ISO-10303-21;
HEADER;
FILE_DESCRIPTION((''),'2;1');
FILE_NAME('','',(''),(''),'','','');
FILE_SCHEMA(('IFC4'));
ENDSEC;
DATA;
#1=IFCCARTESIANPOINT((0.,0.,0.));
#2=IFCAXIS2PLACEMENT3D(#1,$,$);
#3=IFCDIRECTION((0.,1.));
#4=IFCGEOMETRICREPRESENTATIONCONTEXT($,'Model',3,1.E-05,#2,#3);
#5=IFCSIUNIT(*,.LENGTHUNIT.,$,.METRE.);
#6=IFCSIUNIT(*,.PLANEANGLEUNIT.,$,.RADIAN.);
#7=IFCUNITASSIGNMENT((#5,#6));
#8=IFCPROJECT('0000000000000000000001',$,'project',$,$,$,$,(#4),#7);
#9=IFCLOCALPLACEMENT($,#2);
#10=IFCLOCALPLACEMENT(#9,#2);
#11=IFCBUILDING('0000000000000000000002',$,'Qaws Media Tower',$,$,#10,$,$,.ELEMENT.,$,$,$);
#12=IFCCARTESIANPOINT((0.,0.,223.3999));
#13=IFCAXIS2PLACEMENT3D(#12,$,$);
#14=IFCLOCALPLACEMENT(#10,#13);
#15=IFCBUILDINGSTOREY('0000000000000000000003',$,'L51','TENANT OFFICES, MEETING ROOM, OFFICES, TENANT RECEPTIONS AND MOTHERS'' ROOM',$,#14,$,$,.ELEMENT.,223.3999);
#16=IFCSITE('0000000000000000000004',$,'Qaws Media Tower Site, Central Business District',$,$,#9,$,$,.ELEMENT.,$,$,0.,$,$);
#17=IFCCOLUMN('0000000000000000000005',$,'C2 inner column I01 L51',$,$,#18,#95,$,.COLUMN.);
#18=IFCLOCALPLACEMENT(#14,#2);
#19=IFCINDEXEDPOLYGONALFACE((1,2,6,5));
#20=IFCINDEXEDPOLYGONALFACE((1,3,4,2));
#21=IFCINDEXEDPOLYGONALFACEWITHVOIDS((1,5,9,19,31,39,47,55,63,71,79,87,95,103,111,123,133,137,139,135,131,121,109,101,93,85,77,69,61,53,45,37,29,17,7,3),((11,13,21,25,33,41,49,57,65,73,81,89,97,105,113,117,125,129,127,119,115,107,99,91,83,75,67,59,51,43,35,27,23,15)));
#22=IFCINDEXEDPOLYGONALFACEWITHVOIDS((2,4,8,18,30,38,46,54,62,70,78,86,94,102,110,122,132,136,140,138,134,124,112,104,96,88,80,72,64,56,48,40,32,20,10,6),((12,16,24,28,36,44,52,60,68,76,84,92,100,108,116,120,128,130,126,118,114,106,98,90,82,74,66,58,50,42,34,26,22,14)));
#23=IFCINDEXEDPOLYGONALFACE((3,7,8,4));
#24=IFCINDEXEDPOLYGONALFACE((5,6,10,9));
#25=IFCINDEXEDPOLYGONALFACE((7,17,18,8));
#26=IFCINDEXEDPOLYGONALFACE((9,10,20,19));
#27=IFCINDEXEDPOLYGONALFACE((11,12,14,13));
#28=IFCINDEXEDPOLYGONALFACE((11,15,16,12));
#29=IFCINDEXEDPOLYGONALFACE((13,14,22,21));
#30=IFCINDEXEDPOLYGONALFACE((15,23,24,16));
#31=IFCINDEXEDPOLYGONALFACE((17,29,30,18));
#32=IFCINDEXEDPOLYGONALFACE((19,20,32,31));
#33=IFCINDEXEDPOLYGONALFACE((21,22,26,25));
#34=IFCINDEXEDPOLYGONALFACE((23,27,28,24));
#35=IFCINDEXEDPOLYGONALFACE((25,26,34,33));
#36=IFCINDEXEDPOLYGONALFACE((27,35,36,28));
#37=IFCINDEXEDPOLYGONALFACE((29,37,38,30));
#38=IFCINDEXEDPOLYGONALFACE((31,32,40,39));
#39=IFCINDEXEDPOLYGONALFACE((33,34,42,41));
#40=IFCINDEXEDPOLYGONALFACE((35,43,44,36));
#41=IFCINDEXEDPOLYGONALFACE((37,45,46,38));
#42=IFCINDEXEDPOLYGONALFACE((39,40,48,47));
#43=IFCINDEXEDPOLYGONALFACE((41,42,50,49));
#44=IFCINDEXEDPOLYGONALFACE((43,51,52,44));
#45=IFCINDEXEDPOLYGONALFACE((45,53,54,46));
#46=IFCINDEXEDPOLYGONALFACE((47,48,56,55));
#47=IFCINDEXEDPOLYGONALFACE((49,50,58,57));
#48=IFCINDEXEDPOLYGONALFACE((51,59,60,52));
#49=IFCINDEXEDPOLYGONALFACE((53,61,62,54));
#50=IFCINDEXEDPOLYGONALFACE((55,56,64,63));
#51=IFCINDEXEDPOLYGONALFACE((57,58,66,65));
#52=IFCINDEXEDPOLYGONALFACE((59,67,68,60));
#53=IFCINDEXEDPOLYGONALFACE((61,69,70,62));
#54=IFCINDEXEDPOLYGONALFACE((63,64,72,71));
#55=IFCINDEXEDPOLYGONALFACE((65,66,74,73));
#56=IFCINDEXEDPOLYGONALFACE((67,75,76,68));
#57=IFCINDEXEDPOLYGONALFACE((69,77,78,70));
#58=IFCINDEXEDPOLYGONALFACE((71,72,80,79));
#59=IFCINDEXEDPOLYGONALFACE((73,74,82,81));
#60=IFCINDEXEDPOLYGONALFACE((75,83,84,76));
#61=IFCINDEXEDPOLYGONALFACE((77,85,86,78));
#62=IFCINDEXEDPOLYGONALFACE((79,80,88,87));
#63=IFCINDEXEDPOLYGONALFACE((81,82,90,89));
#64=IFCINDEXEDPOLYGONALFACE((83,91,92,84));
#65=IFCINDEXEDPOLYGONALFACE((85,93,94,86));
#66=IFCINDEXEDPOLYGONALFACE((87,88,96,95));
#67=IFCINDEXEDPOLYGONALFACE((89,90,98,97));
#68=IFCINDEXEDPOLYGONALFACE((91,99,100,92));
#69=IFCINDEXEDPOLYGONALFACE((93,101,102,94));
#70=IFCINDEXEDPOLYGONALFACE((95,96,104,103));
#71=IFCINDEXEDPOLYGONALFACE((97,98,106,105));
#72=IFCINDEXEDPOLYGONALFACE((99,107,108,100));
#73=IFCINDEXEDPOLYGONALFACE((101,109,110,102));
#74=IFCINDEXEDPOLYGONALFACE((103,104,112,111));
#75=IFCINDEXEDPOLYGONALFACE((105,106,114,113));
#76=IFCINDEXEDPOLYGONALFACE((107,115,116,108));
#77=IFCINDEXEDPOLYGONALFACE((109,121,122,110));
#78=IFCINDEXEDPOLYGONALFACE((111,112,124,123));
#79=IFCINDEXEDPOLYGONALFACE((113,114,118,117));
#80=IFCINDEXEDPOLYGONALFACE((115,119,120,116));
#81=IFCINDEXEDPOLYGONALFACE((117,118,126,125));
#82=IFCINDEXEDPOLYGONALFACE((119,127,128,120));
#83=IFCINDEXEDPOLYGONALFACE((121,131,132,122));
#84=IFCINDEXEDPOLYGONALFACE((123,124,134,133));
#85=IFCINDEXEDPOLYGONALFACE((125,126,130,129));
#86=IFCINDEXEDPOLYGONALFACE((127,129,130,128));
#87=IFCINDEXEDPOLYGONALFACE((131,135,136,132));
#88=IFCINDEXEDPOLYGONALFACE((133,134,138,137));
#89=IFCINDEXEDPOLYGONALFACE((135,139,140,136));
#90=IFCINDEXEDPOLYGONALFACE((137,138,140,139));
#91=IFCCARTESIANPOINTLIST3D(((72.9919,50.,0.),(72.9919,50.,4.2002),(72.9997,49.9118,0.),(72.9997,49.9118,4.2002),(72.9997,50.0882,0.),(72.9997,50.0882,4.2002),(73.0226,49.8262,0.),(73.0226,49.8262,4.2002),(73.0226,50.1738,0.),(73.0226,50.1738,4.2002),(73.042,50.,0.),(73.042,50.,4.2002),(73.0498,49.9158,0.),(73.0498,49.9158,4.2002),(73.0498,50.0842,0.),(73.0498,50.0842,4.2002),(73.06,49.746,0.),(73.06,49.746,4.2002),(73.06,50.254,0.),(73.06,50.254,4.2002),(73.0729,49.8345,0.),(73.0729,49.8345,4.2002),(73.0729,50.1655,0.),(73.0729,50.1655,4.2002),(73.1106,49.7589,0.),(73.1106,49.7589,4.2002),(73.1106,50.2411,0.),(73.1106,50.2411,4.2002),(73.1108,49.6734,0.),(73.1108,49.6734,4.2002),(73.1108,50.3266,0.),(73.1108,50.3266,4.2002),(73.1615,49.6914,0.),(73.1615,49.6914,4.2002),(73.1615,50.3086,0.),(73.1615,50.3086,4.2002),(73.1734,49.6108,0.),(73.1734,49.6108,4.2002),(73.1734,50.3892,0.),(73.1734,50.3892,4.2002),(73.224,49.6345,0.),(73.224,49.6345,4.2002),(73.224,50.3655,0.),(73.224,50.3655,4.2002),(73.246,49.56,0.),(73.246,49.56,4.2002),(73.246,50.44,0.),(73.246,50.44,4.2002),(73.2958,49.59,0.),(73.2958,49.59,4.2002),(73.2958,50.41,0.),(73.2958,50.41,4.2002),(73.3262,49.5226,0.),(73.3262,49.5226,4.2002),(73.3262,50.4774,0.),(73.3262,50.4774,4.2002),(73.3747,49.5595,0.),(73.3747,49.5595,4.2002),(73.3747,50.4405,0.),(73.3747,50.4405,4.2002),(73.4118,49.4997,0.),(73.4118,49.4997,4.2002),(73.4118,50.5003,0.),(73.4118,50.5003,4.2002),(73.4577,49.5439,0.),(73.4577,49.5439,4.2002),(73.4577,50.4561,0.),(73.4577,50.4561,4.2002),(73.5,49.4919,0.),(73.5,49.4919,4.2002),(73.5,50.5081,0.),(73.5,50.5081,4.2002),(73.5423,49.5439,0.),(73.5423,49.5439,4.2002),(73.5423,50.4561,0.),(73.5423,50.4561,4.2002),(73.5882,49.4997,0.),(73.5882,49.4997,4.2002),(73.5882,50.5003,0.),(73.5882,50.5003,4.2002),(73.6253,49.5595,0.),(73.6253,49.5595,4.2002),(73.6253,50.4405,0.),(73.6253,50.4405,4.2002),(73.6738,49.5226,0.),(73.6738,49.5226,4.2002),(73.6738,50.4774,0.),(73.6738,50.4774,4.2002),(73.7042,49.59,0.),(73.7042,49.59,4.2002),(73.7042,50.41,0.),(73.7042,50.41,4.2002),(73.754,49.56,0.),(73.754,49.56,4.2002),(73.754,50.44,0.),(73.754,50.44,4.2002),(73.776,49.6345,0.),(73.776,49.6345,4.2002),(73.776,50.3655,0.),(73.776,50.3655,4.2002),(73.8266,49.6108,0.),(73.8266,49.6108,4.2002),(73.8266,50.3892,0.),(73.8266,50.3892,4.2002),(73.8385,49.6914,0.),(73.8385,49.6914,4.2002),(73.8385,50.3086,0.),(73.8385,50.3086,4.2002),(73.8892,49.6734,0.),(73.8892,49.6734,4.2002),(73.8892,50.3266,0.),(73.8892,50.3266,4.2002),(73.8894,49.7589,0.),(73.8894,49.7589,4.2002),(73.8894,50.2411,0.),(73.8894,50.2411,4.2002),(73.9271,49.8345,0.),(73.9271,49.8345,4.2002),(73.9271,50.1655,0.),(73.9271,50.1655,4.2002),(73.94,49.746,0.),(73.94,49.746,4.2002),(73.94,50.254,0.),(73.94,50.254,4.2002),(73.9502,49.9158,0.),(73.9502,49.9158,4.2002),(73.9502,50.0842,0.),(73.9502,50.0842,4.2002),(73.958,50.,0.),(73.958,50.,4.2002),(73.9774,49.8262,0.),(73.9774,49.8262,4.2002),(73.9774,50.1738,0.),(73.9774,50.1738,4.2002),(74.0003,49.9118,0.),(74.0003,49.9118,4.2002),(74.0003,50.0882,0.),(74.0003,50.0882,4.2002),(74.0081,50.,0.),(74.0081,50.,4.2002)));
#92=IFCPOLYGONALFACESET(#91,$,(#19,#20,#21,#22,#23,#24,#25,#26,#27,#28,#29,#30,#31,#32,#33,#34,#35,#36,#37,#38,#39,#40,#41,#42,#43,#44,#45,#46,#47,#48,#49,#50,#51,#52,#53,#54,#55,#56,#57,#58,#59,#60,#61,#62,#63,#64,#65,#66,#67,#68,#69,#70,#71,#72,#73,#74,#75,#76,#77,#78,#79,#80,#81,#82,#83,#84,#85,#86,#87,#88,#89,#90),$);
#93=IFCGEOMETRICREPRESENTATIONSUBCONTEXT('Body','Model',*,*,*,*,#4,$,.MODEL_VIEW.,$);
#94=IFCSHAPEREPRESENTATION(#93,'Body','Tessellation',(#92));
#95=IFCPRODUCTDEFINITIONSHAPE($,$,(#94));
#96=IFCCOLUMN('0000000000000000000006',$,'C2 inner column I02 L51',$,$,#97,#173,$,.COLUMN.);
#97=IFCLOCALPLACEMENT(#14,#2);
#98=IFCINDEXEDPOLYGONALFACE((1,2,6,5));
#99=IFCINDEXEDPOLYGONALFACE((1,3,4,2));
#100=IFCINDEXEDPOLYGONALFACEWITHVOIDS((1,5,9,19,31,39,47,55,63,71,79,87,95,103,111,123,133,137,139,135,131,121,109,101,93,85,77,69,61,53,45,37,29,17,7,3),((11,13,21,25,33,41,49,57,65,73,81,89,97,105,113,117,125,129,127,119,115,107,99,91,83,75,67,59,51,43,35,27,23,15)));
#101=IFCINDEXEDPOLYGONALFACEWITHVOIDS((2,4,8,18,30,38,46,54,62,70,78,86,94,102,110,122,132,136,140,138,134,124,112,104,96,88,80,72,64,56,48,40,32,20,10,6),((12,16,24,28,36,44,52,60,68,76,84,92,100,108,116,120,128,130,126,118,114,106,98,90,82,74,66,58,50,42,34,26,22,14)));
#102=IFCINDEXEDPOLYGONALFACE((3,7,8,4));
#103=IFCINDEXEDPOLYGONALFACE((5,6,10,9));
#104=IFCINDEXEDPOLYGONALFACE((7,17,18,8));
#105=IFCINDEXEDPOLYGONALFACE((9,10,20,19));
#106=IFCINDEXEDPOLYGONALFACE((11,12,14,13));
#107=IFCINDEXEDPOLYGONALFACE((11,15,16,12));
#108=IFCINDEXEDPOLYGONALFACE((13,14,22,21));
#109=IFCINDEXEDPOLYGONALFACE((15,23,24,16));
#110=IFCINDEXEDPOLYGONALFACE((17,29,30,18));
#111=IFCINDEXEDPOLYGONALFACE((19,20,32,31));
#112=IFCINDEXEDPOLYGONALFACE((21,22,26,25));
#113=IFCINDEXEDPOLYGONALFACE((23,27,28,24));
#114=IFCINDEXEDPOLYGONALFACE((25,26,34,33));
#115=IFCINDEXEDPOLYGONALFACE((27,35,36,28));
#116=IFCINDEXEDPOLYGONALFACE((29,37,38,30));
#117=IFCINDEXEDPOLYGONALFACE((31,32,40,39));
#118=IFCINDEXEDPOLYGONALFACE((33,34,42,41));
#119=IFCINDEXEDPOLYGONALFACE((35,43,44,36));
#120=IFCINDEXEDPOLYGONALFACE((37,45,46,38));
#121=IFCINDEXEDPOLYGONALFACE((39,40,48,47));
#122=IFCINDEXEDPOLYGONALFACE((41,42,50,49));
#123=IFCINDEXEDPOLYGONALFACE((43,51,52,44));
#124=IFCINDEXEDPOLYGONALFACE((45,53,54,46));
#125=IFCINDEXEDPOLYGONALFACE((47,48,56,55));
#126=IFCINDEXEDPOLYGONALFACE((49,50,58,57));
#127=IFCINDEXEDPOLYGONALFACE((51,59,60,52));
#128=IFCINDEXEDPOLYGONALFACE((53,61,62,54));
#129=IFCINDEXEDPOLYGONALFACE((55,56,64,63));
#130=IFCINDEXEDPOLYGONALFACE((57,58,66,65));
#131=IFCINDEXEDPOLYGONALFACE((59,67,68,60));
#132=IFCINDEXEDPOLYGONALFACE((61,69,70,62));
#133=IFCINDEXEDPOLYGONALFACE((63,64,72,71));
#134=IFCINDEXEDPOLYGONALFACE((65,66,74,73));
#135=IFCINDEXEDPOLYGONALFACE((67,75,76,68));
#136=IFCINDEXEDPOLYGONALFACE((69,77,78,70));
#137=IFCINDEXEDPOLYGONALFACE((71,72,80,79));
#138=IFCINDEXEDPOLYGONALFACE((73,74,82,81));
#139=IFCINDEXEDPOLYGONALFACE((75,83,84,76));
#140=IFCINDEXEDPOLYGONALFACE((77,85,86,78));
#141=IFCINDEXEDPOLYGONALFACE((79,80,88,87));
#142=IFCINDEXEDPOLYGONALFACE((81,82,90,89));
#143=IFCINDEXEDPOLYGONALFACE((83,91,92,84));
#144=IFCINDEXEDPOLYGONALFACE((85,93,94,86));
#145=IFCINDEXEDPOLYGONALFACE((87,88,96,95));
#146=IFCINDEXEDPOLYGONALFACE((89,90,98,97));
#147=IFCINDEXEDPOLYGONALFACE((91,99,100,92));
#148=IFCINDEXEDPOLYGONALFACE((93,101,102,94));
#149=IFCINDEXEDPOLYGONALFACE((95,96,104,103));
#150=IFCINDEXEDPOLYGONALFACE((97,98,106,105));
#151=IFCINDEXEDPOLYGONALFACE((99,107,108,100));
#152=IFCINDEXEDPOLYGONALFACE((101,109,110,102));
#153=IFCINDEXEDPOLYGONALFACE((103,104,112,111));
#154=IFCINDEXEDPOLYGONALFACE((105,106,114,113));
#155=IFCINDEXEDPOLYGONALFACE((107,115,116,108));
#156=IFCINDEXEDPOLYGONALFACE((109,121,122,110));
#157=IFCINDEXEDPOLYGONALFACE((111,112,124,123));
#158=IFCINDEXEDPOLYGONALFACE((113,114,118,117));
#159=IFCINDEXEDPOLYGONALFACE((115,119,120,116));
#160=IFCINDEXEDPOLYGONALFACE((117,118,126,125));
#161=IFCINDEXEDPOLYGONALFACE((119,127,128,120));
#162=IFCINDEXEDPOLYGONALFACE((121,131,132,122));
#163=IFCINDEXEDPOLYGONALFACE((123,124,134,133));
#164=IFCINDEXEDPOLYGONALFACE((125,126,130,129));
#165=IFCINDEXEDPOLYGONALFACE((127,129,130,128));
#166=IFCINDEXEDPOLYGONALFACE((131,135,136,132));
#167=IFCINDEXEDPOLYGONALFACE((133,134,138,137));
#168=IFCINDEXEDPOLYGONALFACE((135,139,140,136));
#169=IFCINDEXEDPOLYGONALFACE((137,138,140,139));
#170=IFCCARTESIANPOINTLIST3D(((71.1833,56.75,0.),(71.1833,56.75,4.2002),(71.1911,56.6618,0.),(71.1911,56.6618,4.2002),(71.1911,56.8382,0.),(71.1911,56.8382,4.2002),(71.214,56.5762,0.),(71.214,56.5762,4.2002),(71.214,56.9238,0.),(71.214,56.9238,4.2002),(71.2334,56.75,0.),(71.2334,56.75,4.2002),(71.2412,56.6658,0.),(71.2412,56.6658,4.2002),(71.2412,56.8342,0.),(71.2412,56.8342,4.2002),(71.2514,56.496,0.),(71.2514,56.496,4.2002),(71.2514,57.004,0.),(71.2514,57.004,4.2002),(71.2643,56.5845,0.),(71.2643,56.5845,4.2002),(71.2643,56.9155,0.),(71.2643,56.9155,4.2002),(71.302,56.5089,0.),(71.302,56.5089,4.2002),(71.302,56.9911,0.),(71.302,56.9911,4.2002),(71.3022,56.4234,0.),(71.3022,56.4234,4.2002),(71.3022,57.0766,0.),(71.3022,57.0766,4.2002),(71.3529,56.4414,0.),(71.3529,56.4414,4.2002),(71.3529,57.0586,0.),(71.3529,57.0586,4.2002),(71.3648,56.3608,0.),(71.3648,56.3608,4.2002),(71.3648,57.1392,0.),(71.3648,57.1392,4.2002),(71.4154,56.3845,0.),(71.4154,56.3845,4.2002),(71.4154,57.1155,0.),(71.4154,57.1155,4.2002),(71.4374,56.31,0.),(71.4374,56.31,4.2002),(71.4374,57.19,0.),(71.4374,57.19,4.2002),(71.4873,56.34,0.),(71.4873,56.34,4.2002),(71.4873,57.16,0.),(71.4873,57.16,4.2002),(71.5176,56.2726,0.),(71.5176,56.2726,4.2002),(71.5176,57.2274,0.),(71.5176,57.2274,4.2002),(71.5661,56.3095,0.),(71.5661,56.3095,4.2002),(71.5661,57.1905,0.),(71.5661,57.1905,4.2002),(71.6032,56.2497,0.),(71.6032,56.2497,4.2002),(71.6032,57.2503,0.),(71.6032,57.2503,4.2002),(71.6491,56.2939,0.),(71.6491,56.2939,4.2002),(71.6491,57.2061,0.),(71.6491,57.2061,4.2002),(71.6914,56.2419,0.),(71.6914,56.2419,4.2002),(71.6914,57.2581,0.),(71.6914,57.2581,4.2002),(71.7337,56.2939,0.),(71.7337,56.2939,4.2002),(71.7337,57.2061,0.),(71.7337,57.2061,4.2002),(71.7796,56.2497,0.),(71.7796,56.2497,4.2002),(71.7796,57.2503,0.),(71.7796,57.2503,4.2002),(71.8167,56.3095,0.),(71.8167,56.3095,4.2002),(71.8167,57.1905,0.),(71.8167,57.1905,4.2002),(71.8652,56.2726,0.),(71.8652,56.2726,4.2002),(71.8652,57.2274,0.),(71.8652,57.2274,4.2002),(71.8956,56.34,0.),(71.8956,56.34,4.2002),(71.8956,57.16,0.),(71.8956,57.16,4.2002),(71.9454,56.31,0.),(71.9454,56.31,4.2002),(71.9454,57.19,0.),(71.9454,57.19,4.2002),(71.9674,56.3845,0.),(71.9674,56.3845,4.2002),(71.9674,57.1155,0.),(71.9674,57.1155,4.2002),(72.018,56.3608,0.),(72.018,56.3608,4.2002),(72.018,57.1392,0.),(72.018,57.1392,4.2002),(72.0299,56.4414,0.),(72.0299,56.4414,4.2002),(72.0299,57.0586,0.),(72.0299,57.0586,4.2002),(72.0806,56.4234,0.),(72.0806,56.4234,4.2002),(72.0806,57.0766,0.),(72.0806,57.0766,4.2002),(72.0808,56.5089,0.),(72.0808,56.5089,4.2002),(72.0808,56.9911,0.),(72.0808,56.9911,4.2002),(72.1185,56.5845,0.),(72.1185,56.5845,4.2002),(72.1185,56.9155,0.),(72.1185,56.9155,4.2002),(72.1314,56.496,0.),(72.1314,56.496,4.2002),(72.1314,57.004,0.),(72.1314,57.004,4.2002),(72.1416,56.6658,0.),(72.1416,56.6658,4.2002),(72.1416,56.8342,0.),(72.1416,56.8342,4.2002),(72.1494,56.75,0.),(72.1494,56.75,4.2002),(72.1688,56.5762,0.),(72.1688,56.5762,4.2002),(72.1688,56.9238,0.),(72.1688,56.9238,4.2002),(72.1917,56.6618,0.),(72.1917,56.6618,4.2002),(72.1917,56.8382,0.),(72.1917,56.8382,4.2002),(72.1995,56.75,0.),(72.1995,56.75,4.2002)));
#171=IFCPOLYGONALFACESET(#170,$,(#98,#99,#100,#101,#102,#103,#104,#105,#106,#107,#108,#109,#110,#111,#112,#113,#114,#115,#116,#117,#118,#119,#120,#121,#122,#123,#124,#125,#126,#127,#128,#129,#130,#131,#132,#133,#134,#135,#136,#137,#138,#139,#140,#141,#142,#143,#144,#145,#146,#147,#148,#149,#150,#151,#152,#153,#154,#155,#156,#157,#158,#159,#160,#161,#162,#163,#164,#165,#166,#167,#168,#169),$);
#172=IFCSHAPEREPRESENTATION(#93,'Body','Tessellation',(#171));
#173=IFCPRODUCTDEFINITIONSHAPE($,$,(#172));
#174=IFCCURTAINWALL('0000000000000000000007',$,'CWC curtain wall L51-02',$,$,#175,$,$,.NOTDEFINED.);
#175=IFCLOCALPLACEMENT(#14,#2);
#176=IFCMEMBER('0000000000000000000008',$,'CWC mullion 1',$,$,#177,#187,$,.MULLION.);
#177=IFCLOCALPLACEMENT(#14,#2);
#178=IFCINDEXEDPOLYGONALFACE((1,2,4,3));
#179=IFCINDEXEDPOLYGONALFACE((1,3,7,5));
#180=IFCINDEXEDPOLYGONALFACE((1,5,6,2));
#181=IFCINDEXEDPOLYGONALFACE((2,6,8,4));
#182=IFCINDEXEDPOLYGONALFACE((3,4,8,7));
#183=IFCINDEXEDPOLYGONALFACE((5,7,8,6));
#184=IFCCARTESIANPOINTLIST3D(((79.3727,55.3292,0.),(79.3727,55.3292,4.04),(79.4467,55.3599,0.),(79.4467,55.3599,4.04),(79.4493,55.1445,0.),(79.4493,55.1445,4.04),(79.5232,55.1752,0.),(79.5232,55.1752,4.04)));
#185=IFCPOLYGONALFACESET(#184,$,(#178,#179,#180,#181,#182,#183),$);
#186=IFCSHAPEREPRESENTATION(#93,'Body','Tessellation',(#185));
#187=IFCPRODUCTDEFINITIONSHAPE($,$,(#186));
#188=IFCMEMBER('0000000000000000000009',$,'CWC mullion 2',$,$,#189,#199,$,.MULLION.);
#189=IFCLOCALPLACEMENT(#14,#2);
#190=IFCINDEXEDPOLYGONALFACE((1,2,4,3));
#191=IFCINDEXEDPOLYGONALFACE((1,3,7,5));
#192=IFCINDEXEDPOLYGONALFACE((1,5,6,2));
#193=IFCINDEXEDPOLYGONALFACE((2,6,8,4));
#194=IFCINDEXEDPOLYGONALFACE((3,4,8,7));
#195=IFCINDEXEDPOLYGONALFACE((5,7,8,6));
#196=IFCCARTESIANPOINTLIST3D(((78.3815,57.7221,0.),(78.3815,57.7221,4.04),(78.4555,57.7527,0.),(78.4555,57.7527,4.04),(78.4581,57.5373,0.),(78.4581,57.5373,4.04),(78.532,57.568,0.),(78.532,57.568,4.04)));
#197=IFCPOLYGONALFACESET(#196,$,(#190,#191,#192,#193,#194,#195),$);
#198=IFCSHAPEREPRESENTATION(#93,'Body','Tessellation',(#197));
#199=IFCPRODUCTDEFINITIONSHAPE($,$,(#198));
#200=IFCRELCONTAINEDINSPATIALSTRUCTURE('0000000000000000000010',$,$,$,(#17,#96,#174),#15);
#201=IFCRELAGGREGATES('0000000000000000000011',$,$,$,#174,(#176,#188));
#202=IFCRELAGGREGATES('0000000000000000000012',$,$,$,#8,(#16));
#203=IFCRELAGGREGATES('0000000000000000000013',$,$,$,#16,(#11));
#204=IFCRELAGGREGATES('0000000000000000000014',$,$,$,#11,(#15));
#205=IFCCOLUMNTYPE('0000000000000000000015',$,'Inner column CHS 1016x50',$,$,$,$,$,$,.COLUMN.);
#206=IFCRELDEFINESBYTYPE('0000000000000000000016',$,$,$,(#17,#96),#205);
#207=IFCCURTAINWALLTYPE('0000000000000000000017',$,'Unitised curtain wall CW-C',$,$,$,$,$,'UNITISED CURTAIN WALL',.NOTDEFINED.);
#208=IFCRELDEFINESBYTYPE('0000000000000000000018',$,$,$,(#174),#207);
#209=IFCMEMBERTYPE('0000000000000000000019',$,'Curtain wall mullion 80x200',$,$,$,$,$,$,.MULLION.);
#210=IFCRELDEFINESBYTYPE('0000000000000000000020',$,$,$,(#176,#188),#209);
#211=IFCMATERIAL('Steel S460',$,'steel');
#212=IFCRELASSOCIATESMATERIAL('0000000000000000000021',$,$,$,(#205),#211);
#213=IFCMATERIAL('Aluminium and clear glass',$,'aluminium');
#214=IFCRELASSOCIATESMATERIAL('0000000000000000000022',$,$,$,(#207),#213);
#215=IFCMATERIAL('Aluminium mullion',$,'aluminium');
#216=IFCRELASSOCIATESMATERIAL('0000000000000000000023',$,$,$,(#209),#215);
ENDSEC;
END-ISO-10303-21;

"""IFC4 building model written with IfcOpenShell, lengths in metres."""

from ifc_helpers import new_model, si_unit, direction, frame, origin, origin_2d, place, context, subcontext, project, spatial, rectangle, hollow_circle, extrude, material, material_profile, profile_set, type_object, element, aggregate, save


model = new_model("IFC4")

# Units and contexts
model_context = context("Model", 3, precision=1e-05, world=origin(), true_north=direction((0.0, 1.0)))
body_context = subcontext(model_context, "Body", "Model", "MODEL_VIEW")
ifc_project = project(units=[si_unit("LENGTHUNIT", "METRE"), si_unit("PLANEANGLEUNIT", "RADIAN")], contexts=[model_context])

# Site, building, storey
site_placement = place(None, origin())
site = spatial("IfcSite", under=ifc_project, at=site_placement, Name="Qaws Media Tower Site, Central Business District", CompositionType="ELEMENT", RefElevation=0.0)
building_placement = place(site_placement, origin())
building = spatial("IfcBuilding", under=site, at=building_placement, Name="Qaws Media Tower", CompositionType="ELEMENT")
storey_placement = place(building_placement, frame((0.0, 0.0, 223.3999)))
storey = spatial("IfcBuildingStorey", under=building, at=storey_placement, Name="L51", Description="TENANT OFFICES, MEETING ROOM, OFFICES, TENANT RECEPTIONS AND MOTHERS' ROOM", CompositionType="ELEMENT", Elevation=223.3999)

# Columns
ifc_material_1 = material(Name="Steel S460", Category="steel")
ifc_material_profile_1 = material_profile(ifc_material_1, hollow_circle(Radius=0.5081, WallThickness=0.05, at=origin_2d()), Name="CHS 1016x50")
ifc_profile_set_1 = profile_set([ifc_material_profile_1], Name="Steel S460")
column_type = type_object("IfcColumnType", Name="Inner column CHS 1016x50", PredefinedType="COLUMN", material=ifc_profile_set_1)
for number, where, z_axis, x_axis, name in (
    (1, (73.5, 50.0, 0.0), (0.0, 0.0, 1.0), (1.0, 0.0, 0.0), "C2 inner column I01 L51"),
    (2, (71.6914, 56.75, 0.0), (0.0, 0.0, 1.0), (1.0, 0.0, 0.0), "C2 inner column I02 L51"),
):
    element("IfcColumn", number, at=place(storey_placement, frame(where, z_axis=z_axis, x_axis=x_axis)), inside=storey, type_object=column_type, Name=name, PredefinedType="COLUMN", context=body_context, shape_type="SweptSolid", body=[
        extrude(hollow_circle(Radius=0.5081, WallThickness=0.05, at=origin_2d()), origin(), (0.0, 0.0, 1.0), 4.2002),
    ])

# Curtain wall, members
ifc_material_2 = material(Name="Aluminium and clear glass", Category="aluminium")
curtain_wall_type_1 = type_object("IfcCurtainWallType", Name="Unitised curtain wall CW-C", ElementType="UNITISED CURTAIN WALL", PredefinedType="NOTDEFINED", material=ifc_material_2)
curtain_wall_1_placement = place(storey_placement, origin())
curtain_wall_1 = element("IfcCurtainWall", 3, at=curtain_wall_1_placement, inside=storey, type_object=curtain_wall_type_1, Name="CWC curtain wall L51-02", PredefinedType="NOTDEFINED")
ifc_material_3 = material(Name="Aluminium mullion", Category="aluminium")
ifc_material_profile_2 = material_profile(ifc_material_3, rectangle(XDim=0.0801, YDim=0.2, at=origin_2d()), Name="80x200")
ifc_profile_set_2 = profile_set([ifc_material_profile_2], Name="Aluminium mullion")
member_type_1 = type_object("IfcMemberType", Name="Curtain wall mullion 80x200", PredefinedType="MULLION", material=ifc_profile_set_2)
member_1_placement = place(storey_placement, frame((79.448, 55.2522, 0.0), z_axis=(0.0, 0.0, 1.0), x_axis=(-0.92388, -0.382683, 0.0)))
member_1 = element("IfcMember", 4, at=member_1_placement, type_object=member_type_1, Name="CWC mullion 1", PredefinedType="MULLION", context=body_context, shape_type="SweptSolid", body=[
    extrude(rectangle(XDim=0.0801, YDim=0.2, at=origin_2d()), origin(), (0.0, 0.0, 1.0), 4.04),
])
member_2_placement = place(storey_placement, frame((78.4568, 57.645, 0.0), z_axis=(0.0, 0.0, 1.0), x_axis=(-0.92388, -0.382683, 0.0)))
member_2 = element("IfcMember", 5, at=member_2_placement, type_object=member_type_1, Name="CWC mullion 2", PredefinedType="MULLION", context=body_context, shape_type="SweptSolid", body=[
    extrude(rectangle(XDim=0.0801, YDim=0.2, at=origin_2d()), origin(), (0.0, 0.0, 1.0), 4.04),
])

aggregate(curtain_wall_1, [member_1, member_2])

save(model, "model.ifc")
